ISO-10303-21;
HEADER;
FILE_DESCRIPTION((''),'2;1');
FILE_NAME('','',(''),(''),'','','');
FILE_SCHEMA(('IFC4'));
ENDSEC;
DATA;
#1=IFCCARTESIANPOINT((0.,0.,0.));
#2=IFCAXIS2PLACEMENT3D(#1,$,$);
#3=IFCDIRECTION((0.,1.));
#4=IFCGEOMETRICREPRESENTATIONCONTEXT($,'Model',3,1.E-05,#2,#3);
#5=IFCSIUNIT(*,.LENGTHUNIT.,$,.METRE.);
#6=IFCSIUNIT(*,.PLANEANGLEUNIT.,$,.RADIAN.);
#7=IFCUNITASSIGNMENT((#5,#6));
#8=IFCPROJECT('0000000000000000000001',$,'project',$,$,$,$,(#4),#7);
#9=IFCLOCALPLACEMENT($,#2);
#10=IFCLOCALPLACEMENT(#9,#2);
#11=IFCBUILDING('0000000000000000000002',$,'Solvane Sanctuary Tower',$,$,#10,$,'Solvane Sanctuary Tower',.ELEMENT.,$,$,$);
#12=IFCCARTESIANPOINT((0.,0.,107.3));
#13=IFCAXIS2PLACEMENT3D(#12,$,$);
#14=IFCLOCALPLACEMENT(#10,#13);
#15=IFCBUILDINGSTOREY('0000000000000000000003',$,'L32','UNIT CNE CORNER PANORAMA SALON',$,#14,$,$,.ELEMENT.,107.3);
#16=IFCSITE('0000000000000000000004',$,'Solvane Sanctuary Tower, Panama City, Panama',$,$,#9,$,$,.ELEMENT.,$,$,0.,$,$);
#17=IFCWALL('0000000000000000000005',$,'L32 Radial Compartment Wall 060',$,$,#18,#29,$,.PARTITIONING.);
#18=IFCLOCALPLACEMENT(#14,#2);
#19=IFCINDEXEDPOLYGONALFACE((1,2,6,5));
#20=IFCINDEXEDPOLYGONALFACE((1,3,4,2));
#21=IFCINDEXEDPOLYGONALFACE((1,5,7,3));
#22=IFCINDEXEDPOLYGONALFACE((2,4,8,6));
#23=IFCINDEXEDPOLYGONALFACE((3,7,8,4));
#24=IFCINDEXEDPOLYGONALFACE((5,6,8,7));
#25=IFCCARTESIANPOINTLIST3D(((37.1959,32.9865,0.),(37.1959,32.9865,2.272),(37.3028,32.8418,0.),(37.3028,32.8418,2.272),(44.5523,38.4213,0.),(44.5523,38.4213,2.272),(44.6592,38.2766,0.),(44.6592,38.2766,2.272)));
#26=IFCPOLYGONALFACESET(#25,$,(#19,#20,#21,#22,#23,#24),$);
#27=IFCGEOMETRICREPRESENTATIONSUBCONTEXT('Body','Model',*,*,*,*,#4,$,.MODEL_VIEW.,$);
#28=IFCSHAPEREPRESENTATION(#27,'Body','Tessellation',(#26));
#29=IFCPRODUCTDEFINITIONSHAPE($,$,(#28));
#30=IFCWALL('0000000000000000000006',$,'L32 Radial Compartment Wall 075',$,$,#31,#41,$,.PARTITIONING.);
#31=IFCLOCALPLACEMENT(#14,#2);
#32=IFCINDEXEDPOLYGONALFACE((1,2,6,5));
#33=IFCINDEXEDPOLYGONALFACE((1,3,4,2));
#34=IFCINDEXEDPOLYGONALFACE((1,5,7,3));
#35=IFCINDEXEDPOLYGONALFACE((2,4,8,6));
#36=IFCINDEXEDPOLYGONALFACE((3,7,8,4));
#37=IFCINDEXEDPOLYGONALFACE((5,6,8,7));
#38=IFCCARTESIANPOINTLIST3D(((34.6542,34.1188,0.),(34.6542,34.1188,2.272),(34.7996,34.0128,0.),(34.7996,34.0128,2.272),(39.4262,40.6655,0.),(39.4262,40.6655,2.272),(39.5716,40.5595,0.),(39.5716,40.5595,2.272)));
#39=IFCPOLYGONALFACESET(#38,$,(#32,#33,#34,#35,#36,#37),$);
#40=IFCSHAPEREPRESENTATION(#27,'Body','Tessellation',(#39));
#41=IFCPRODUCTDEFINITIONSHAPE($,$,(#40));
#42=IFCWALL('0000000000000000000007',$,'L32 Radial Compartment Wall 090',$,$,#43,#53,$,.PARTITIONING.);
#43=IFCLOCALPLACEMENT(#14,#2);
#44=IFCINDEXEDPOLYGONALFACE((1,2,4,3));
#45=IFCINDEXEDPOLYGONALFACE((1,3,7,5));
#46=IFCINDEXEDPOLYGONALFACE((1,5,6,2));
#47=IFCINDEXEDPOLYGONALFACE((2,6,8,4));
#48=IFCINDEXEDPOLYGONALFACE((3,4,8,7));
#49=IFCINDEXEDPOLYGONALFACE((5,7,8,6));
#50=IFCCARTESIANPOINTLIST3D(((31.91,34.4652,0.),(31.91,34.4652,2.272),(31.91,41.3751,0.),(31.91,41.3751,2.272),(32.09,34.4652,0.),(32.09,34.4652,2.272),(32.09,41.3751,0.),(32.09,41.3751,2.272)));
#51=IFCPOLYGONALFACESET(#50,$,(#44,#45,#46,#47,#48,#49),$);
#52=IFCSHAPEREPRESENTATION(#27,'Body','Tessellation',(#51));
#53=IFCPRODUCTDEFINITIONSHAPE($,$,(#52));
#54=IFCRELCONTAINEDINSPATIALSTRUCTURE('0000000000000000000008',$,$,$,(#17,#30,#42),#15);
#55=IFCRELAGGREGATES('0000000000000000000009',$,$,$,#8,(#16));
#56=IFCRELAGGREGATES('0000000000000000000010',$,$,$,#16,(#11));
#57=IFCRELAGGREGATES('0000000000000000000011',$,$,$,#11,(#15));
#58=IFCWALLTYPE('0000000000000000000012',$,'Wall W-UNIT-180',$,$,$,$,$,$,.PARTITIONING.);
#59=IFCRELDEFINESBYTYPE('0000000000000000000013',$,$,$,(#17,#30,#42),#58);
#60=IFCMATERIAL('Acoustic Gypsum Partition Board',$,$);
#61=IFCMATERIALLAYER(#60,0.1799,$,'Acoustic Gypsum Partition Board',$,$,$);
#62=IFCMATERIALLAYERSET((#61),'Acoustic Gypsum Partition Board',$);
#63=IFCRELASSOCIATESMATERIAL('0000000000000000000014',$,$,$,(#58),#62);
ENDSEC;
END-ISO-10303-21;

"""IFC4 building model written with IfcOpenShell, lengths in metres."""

from ifc_helpers import new_model, si_unit, direction, frame, frame_2d, origin, place, context, subcontext, project, spatial, rectangle, extrude, material, layer, layer_set, type_object, element, save


model = new_model("IFC4")

# Units and contexts
model_context = context("Model", 3, precision=1e-05, world=origin(), true_north=direction((0.0, 1.0)))
body_context = subcontext(model_context, "Body", "Model", "MODEL_VIEW")
ifc_project = project(units=[si_unit("LENGTHUNIT", "METRE"), si_unit("PLANEANGLEUNIT", "RADIAN")], contexts=[model_context])

# Site, building, storey
site_placement = place(None, origin())
site = spatial("IfcSite", under=ifc_project, at=site_placement, Name="Solvane Sanctuary Tower, Panama City, Panama", CompositionType="ELEMENT", RefElevation=0.0)
building_placement = place(site_placement, origin())
building = spatial("IfcBuilding", under=site, at=building_placement, Name="Solvane Sanctuary Tower", LongName="Solvane Sanctuary Tower", CompositionType="ELEMENT")
storey_placement = place(building_placement, frame((0.0, 0.0, 107.3)))
storey = spatial("IfcBuildingStorey", under=building, at=storey_placement, Name="L32", Description="UNIT CNE CORNER PANORAMA SALON", CompositionType="ELEMENT", Elevation=107.3)

# Shared definitions
ifc_material_1 = material(Name="Acoustic Gypsum Partition Board")

# Walls
ifc_layer_1 = layer(ifc_material_1, 0.1799, Name="Acoustic Gypsum Partition Board")
ifc_layer_set_1 = layer_set([ifc_layer_1], Name="Acoustic Gypsum Partition Board")
wall_type_1 = type_object("IfcWallType", Name="Wall W-UNIT-180", PredefinedType="PARTITIONING", material=ifc_layer_set_1)
wall_1_placement = place(storey_placement, frame((37.2493, 32.9141, 0.0), z_axis=(0.0, 0.0, 1.0), x_axis=(0.80431, 0.59421, 0.0)))
element("IfcWall", 1, at=wall_1_placement, inside=storey, type_object=wall_type_1, Name="L32 Radial Compartment Wall 060", PredefinedType="PARTITIONING", context=body_context, shape_type="SweptSolid", body=[
    extrude(rectangle(XDim=9.1462, YDim=0.1799, at=frame_2d((4.5732, 0.0))), origin(), (0.0, 0.0, 1.0), 2.272),
])
wall_2_placement = place(storey_placement, frame((34.7268, 34.0657, 0.0), z_axis=(0.0, 0.0, 1.0), x_axis=(0.589042, 0.808102, 0.0)))
element("IfcWall", 2, at=wall_2_placement, inside=storey, type_object=wall_type_1, Name="L32 Radial Compartment Wall 075", PredefinedType="PARTITIONING", context=body_context, shape_type="SweptSolid", body=[
    extrude(rectangle(XDim=8.1013, YDim=0.1799, at=frame_2d((4.0508, 0.0))), origin(), (0.0, 0.0, 1.0), 2.272),
])
wall_3_placement = place(storey_placement, frame((32.0, 34.4651, 0.0), z_axis=(0.0, 0.0, 1.0), x_axis=(0.0, 1.0, 0.0)))
element("IfcWall", 3, at=wall_3_placement, inside=storey, type_object=wall_type_1, Name="L32 Radial Compartment Wall 090", PredefinedType="PARTITIONING", context=body_context, shape_type="SweptSolid", body=[
    extrude(rectangle(XDim=6.9099, YDim=0.1799, at=frame_2d((3.4551, 0.0))), origin(), (0.0, 0.0, 1.0), 2.272),
])

save(model, "model.ifc")
